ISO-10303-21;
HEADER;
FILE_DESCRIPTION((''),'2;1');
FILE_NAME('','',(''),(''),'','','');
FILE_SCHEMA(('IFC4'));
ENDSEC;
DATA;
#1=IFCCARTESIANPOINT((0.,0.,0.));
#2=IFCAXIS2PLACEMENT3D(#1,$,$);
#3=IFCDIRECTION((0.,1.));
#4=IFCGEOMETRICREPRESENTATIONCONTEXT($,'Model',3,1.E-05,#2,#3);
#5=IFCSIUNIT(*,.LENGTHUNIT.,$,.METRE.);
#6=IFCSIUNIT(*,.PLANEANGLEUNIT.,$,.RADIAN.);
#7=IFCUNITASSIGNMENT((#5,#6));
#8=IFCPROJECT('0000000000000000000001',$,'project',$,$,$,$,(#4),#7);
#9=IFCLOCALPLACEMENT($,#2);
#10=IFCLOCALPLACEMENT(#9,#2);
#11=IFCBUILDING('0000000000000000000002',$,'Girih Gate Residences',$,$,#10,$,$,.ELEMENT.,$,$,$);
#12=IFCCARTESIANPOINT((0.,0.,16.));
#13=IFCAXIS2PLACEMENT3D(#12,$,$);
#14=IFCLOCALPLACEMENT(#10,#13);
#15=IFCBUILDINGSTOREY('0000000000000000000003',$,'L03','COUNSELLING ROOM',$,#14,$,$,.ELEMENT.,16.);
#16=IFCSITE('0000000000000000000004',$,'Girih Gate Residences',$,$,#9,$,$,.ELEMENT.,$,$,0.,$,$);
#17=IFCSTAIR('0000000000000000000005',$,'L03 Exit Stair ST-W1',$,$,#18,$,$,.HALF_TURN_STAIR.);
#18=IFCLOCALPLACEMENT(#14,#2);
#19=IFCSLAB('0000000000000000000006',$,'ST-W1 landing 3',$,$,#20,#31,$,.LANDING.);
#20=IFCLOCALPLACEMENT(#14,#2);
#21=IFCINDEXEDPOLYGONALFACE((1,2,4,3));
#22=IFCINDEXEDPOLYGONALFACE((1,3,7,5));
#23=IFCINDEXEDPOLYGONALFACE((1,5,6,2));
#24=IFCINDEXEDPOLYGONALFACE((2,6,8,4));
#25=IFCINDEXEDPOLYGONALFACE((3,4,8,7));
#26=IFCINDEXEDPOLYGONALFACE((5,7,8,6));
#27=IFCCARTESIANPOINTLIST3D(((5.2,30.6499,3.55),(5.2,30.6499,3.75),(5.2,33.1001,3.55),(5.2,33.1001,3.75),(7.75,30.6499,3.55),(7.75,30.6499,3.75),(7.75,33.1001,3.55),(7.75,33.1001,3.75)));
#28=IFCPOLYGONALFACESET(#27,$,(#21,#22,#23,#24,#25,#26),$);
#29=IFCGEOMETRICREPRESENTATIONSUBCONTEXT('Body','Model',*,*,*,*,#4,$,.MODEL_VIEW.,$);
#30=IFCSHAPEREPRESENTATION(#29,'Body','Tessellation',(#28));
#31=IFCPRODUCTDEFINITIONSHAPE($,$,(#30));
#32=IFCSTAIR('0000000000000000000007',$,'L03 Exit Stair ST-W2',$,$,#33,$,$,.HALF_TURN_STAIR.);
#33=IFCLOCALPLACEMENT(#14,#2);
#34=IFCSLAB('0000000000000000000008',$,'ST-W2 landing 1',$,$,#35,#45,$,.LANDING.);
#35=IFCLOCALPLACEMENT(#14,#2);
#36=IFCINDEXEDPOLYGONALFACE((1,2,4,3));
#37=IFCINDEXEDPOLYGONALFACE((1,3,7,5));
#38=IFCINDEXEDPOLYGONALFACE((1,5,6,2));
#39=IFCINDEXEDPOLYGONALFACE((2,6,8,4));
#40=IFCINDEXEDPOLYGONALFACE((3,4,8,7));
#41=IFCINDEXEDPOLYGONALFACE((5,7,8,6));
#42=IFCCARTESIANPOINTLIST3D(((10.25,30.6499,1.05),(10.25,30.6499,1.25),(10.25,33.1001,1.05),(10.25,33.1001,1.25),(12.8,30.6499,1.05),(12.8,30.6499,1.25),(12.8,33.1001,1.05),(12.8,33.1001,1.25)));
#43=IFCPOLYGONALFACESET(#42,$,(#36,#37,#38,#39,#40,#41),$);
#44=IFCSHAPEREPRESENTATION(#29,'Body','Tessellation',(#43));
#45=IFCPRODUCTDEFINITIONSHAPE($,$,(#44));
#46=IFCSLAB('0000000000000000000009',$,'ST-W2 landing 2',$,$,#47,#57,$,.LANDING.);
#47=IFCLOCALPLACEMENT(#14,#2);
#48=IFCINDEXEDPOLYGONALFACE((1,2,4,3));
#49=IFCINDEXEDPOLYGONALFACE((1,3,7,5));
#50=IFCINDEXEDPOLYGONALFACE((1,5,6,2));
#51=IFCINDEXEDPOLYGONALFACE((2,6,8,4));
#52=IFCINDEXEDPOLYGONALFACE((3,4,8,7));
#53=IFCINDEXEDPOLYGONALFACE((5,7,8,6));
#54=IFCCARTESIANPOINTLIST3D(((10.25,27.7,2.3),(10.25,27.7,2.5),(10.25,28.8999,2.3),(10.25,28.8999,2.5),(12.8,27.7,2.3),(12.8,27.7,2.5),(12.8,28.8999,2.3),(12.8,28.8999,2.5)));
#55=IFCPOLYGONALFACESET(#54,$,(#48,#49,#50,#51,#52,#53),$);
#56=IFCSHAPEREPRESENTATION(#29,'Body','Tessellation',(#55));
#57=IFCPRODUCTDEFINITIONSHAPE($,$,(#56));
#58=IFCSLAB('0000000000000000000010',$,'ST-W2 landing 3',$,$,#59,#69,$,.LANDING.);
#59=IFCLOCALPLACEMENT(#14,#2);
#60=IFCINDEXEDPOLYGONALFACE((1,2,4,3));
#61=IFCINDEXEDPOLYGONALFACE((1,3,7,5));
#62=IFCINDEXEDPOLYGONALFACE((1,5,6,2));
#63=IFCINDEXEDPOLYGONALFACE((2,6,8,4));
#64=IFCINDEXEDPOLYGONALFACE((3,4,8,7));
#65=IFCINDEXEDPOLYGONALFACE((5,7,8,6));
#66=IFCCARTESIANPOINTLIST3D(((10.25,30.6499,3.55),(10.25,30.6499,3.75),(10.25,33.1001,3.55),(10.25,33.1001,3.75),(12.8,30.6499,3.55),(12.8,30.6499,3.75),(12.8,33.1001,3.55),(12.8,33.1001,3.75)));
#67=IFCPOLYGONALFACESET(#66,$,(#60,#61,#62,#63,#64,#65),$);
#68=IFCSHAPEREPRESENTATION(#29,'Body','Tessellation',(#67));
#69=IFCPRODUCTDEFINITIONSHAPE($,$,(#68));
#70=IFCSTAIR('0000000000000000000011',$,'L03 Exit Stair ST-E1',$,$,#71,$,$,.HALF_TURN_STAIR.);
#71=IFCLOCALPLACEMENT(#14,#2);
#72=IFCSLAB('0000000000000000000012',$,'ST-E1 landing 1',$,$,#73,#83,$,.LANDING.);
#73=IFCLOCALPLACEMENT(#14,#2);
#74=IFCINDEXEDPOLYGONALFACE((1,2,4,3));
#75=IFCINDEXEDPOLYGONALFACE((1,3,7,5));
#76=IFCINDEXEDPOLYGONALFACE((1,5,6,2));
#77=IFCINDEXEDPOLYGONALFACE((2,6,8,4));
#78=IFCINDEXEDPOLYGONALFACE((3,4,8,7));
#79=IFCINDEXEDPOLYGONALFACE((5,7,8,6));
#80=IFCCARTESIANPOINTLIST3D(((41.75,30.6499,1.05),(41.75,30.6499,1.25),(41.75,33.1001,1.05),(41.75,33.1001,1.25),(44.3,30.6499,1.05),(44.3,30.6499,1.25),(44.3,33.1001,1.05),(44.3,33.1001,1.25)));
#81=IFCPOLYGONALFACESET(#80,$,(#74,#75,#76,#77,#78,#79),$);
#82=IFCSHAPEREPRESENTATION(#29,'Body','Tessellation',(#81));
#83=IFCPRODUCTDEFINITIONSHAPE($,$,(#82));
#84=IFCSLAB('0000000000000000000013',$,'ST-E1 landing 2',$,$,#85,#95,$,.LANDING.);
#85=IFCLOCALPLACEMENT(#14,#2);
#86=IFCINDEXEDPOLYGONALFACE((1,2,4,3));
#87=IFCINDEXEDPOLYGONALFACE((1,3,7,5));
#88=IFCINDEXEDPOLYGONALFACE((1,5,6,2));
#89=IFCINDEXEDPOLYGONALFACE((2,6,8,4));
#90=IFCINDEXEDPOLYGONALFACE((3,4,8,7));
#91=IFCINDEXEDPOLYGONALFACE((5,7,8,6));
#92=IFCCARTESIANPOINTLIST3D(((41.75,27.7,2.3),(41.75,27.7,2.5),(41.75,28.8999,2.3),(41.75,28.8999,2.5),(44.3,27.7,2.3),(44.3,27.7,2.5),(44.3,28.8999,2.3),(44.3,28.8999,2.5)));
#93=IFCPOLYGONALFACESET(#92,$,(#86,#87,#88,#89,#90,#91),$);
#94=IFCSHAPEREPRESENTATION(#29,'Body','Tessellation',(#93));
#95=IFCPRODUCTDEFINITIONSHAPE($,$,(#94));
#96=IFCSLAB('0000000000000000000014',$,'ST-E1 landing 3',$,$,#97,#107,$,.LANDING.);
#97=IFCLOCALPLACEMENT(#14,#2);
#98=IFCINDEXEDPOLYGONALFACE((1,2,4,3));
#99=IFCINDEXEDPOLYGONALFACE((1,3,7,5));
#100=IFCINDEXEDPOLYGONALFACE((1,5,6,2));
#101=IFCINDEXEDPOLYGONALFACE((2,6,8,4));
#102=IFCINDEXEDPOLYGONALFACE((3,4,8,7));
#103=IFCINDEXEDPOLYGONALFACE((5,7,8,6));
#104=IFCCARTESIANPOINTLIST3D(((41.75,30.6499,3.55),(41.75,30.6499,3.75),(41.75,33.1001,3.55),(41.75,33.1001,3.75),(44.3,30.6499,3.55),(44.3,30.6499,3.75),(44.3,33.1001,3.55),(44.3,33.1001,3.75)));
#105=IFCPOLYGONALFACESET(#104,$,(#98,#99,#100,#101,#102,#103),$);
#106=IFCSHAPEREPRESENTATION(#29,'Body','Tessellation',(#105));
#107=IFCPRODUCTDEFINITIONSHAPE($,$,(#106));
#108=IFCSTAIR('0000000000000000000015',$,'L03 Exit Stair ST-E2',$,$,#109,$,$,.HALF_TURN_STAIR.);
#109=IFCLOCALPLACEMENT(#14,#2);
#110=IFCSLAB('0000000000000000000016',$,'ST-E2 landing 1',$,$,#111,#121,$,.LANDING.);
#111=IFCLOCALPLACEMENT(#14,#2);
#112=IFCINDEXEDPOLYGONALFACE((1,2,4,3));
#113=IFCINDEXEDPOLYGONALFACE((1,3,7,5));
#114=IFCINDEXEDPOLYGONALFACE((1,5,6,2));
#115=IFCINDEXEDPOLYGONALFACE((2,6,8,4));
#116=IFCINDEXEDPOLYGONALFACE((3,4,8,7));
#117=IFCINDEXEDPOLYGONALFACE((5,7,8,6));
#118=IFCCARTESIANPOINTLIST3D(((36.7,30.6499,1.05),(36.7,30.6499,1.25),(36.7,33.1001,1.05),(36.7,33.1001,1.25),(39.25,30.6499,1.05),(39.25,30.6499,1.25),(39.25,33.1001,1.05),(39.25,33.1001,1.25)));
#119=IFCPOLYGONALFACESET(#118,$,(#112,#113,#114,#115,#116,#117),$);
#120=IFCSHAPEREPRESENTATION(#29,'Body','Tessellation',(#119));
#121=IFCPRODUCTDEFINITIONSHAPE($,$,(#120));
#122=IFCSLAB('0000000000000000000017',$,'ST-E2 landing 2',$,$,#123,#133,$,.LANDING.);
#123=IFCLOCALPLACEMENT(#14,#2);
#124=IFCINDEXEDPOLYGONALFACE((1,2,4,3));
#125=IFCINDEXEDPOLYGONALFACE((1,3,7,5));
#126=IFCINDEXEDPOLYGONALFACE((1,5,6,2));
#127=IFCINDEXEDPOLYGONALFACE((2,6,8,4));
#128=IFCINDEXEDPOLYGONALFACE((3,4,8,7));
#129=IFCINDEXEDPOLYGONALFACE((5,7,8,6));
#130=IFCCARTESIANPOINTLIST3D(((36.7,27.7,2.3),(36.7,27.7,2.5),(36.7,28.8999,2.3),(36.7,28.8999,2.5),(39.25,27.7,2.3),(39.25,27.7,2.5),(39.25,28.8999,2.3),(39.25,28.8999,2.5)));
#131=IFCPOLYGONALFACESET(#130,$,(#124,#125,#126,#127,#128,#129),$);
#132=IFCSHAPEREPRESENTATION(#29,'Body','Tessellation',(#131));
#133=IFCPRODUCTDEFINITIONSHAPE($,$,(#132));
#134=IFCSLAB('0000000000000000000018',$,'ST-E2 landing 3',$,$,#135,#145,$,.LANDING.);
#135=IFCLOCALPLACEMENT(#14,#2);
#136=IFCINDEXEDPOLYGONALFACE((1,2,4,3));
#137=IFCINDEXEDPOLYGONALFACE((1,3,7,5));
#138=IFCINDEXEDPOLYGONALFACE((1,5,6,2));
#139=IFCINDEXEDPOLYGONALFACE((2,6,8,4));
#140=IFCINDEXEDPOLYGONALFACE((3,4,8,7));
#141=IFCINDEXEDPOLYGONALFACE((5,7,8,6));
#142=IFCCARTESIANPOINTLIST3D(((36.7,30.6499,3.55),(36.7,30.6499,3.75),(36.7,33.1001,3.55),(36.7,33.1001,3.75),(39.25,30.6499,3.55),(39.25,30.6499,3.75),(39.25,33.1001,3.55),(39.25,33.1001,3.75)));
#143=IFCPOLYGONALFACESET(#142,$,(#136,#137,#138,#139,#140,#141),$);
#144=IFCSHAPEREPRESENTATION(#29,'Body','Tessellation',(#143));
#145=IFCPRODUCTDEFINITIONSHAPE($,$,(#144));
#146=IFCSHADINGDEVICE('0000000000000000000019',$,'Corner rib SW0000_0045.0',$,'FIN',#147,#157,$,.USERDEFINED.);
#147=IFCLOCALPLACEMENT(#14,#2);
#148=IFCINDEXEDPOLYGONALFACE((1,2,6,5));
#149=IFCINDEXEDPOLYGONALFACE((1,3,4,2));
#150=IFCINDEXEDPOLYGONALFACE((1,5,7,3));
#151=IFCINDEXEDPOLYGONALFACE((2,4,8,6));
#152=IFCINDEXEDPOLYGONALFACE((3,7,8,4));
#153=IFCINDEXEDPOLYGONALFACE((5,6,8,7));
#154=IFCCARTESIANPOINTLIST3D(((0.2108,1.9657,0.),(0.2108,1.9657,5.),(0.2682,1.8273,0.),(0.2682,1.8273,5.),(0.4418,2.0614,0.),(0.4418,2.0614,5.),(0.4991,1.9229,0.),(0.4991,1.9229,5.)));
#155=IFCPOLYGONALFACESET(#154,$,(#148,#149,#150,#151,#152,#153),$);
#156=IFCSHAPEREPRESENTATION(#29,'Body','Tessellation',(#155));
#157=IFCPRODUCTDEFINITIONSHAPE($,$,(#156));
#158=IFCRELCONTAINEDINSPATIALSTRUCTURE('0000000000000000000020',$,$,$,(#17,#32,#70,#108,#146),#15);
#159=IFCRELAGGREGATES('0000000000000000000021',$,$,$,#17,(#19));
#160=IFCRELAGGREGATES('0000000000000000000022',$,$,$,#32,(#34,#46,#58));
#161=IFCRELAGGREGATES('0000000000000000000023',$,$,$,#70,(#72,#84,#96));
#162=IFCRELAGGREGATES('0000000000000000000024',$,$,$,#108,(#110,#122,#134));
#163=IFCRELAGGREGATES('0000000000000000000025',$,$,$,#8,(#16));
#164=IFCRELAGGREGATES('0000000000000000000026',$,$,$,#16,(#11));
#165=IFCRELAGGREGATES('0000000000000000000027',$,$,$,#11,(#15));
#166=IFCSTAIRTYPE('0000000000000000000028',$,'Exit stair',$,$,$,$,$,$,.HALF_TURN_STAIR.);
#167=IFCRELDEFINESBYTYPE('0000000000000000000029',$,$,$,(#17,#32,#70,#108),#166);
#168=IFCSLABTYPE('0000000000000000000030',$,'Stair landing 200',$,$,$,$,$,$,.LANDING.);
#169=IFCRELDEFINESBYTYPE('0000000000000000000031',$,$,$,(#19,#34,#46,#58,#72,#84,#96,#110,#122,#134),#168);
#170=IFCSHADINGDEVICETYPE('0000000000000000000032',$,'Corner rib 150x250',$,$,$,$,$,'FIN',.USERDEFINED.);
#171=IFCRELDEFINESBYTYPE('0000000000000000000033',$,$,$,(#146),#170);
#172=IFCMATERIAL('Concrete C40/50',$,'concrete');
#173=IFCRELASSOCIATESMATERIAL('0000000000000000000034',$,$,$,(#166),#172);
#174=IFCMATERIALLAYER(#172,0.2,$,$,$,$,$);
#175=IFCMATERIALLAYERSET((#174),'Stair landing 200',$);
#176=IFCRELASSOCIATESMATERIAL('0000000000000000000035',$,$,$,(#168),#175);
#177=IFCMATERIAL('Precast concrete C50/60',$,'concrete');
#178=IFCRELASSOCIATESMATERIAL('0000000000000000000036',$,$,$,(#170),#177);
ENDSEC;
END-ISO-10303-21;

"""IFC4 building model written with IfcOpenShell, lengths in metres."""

from ifc_helpers import new_model, si_unit, direction, frame, origin, origin_2d, place, context, subcontext, project, spatial, polyline, rectangle, outline, extrude, material, layer, layer_set, type_object, element, aggregate, save


model = new_model("IFC4")

# Units and contexts
model_context = context("Model", 3, precision=1e-05, world=origin(), true_north=direction((0.0, 1.0)))
body_context = subcontext(model_context, "Body", "Model", "MODEL_VIEW")
ifc_project = project(units=[si_unit("LENGTHUNIT", "METRE"), si_unit("PLANEANGLEUNIT", "RADIAN")], contexts=[model_context])

# Site, building, storey
site_placement = place(None, origin())
site = spatial("IfcSite", under=ifc_project, at=site_placement, Name="Girih Gate Residences", CompositionType="ELEMENT", RefElevation=0.0)
building_placement = place(site_placement, origin())
building = spatial("IfcBuilding", under=site, at=building_placement, Name="Girih Gate Residences", CompositionType="ELEMENT")
storey_placement = place(building_placement, frame((0.0, 0.0, 16.0)))
storey = spatial("IfcBuildingStorey", under=building, at=storey_placement, Name="L03", Description="COUNSELLING ROOM", CompositionType="ELEMENT", Elevation=16.0)

# Shared definitions
ifc_material_1 = material(Name="Concrete C40/50", Category="concrete")

# Stairs, slabs
stair_type_1 = type_object("IfcStairType", Name="Exit stair", PredefinedType="HALF_TURN_STAIR", material=ifc_material_1)
stair_1_placement = place(storey_placement, origin())
stair_1 = element("IfcStair", 1, at=stair_1_placement, inside=storey, type_object=stair_type_1, Name="L03 Exit Stair ST-W1", PredefinedType="HALF_TURN_STAIR")
ifc_layer_1 = layer(ifc_material_1, 0.2)
ifc_layer_set_1 = layer_set([ifc_layer_1], Name="Stair landing 200")
slab_type_1 = type_object("IfcSlabType", Name="Stair landing 200", PredefinedType="LANDING", material=ifc_layer_set_1)
slab_1_placement = place(storey_placement, frame((0.0, 0.0, 3.55)))
slab_1 = element("IfcSlab", 2, at=slab_1_placement, type_object=slab_type_1, Name="ST-W1 landing 3", PredefinedType="LANDING", context=body_context, shape_type="SweptSolid", body=[
    extrude(outline(polyline([(7.75, 30.6499), (7.75, 33.1001), (5.2, 33.1001), (5.2, 30.6499), (7.75, 30.6499)])), origin(), (0.0, 0.0, 1.0), 0.2),
])
aggregate(stair_1, [slab_1])
stair_2_placement = place(storey_placement, origin())
stair_2 = element("IfcStair", 3, at=stair_2_placement, inside=storey, type_object=stair_type_1, Name="L03 Exit Stair ST-W2", PredefinedType="HALF_TURN_STAIR")
slab_2_placement = place(storey_placement, frame((0.0, 0.0, 1.05)))
slab_2 = element("IfcSlab", 4, at=slab_2_placement, type_object=slab_type_1, Name="ST-W2 landing 1", PredefinedType="LANDING", context=body_context, shape_type="SweptSolid", body=[
    extrude(outline(polyline([(12.8, 30.6499), (12.8, 33.1001), (10.25, 33.1001), (10.25, 30.6499), (12.8, 30.6499)])), origin(), (0.0, 0.0, 1.0), 0.2),
])
slab_3_placement = place(storey_placement, frame((0.0, 0.0, 2.3)))
slab_3 = element("IfcSlab", 5, at=slab_3_placement, type_object=slab_type_1, Name="ST-W2 landing 2", PredefinedType="LANDING", context=body_context, shape_type="SweptSolid", body=[
    extrude(outline(polyline([(12.8, 27.7), (12.8, 28.8999), (10.25, 28.8999), (10.25, 27.7), (12.8, 27.7)])), origin(), (0.0, 0.0, 1.0), 0.2),
])
slab_4_placement = place(storey_placement, frame((0.0, 0.0, 3.55)))
slab_4 = element("IfcSlab", 6, at=slab_4_placement, type_object=slab_type_1, Name="ST-W2 landing 3", PredefinedType="LANDING", context=body_context, shape_type="SweptSolid", body=[
    extrude(outline(polyline([(12.8, 30.6499), (12.8, 33.1001), (10.25, 33.1001), (10.25, 30.6499), (12.8, 30.6499)])), origin(), (0.0, 0.0, 1.0), 0.2),
])
aggregate(stair_2, [slab_2, slab_3, slab_4])
stair_3_placement = place(storey_placement, origin())
stair_3 = element("IfcStair", 7, at=stair_3_placement, inside=storey, type_object=stair_type_1, Name="L03 Exit Stair ST-E1", PredefinedType="HALF_TURN_STAIR")
slab_5_placement = place(storey_placement, frame((0.0, 0.0, 1.05)))
slab_5 = element("IfcSlab", 8, at=slab_5_placement, type_object=slab_type_1, Name="ST-E1 landing 1", PredefinedType="LANDING", context=body_context, shape_type="SweptSolid", body=[
    extrude(outline(polyline([(44.3, 30.6499), (44.3, 33.1001), (41.75, 33.1001), (41.75, 30.6499), (44.3, 30.6499)])), origin(), (0.0, 0.0, 1.0), 0.2),
])
slab_6_placement = place(storey_placement, frame((0.0, 0.0, 2.3)))
slab_6 = element("IfcSlab", 9, at=slab_6_placement, type_object=slab_type_1, Name="ST-E1 landing 2", PredefinedType="LANDING", context=body_context, shape_type="SweptSolid", body=[
    extrude(outline(polyline([(44.3, 27.7), (44.3, 28.8999), (41.75, 28.8999), (41.75, 27.7), (44.3, 27.7)])), origin(), (0.0, 0.0, 1.0), 0.2),
])
slab_7_placement = place(storey_placement, frame((0.0, 0.0, 3.55)))
slab_7 = element("IfcSlab", 10, at=slab_7_placement, type_object=slab_type_1, Name="ST-E1 landing 3", PredefinedType="LANDING", context=body_context, shape_type="SweptSolid", body=[
    extrude(outline(polyline([(44.3, 30.6499), (44.3, 33.1001), (41.75, 33.1001), (41.75, 30.6499), (44.3, 30.6499)])), origin(), (0.0, 0.0, 1.0), 0.2),
])
aggregate(stair_3, [slab_5, slab_6, slab_7])
stair_4_placement = place(storey_placement, origin())
stair_4 = element("IfcStair", 11, at=stair_4_placement, inside=storey, type_object=stair_type_1, Name="L03 Exit Stair ST-E2", PredefinedType="HALF_TURN_STAIR")
slab_8_placement = place(storey_placement, frame((0.0, 0.0, 1.05)))
slab_8 = element("IfcSlab", 12, at=slab_8_placement, type_object=slab_type_1, Name="ST-E2 landing 1", PredefinedType="LANDING", context=body_context, shape_type="SweptSolid", body=[
    extrude(outline(polyline([(39.25, 30.6499), (39.25, 33.1001), (36.7, 33.1001), (36.7, 30.6499), (39.25, 30.6499)])), origin(), (0.0, 0.0, 1.0), 0.2),
])
slab_9_placement = place(storey_placement, frame((0.0, 0.0, 2.3)))
slab_9 = element("IfcSlab", 13, at=slab_9_placement, type_object=slab_type_1, Name="ST-E2 landing 2", PredefinedType="LANDING", context=body_context, shape_type="SweptSolid", body=[
    extrude(outline(polyline([(39.25, 27.7), (39.25, 28.8999), (36.7, 28.8999), (36.7, 27.7), (39.25, 27.7)])), origin(), (0.0, 0.0, 1.0), 0.2),
])
slab_10_placement = place(storey_placement, frame((0.0, 0.0, 3.55)))
slab_10 = element("IfcSlab", 14, at=slab_10_placement, type_object=slab_type_1, Name="ST-E2 landing 3", PredefinedType="LANDING", context=body_context, shape_type="SweptSolid", body=[
    extrude(outline(polyline([(39.25, 30.6499), (39.25, 33.1001), (36.7, 33.1001), (36.7, 30.6499), (39.25, 30.6499)])), origin(), (0.0, 0.0, 1.0), 0.2),
])
aggregate(stair_4, [slab_8, slab_9, slab_10])

# Shading device
ifc_material_2 = material(Name="Precast concrete C50/60", Category="concrete")
shading_device_type = type_object("IfcShadingDeviceType", Name="Corner rib 150x250", ElementType="FIN", PredefinedType="USERDEFINED", material=ifc_material_2)
shading_device_placement = place(storey_placement, frame((0.355, 1.9443, 0.0), z_axis=(0.0, 0.0, 1.0), x_axis=(0.382683, -0.92388, 0.0)))
element("IfcShadingDevice", 15, at=shading_device_placement, inside=storey, type_object=shading_device_type, Name="Corner rib SW0000_0045.0", ObjectType="FIN", PredefinedType="USERDEFINED", context=body_context, shape_type="SweptSolid", body=[
    extrude(rectangle(XDim=0.1499, YDim=0.25, at=origin_2d()), origin(), (0.0, 0.0, 1.0), 5.0),
])

save(model, "model.ifc")
